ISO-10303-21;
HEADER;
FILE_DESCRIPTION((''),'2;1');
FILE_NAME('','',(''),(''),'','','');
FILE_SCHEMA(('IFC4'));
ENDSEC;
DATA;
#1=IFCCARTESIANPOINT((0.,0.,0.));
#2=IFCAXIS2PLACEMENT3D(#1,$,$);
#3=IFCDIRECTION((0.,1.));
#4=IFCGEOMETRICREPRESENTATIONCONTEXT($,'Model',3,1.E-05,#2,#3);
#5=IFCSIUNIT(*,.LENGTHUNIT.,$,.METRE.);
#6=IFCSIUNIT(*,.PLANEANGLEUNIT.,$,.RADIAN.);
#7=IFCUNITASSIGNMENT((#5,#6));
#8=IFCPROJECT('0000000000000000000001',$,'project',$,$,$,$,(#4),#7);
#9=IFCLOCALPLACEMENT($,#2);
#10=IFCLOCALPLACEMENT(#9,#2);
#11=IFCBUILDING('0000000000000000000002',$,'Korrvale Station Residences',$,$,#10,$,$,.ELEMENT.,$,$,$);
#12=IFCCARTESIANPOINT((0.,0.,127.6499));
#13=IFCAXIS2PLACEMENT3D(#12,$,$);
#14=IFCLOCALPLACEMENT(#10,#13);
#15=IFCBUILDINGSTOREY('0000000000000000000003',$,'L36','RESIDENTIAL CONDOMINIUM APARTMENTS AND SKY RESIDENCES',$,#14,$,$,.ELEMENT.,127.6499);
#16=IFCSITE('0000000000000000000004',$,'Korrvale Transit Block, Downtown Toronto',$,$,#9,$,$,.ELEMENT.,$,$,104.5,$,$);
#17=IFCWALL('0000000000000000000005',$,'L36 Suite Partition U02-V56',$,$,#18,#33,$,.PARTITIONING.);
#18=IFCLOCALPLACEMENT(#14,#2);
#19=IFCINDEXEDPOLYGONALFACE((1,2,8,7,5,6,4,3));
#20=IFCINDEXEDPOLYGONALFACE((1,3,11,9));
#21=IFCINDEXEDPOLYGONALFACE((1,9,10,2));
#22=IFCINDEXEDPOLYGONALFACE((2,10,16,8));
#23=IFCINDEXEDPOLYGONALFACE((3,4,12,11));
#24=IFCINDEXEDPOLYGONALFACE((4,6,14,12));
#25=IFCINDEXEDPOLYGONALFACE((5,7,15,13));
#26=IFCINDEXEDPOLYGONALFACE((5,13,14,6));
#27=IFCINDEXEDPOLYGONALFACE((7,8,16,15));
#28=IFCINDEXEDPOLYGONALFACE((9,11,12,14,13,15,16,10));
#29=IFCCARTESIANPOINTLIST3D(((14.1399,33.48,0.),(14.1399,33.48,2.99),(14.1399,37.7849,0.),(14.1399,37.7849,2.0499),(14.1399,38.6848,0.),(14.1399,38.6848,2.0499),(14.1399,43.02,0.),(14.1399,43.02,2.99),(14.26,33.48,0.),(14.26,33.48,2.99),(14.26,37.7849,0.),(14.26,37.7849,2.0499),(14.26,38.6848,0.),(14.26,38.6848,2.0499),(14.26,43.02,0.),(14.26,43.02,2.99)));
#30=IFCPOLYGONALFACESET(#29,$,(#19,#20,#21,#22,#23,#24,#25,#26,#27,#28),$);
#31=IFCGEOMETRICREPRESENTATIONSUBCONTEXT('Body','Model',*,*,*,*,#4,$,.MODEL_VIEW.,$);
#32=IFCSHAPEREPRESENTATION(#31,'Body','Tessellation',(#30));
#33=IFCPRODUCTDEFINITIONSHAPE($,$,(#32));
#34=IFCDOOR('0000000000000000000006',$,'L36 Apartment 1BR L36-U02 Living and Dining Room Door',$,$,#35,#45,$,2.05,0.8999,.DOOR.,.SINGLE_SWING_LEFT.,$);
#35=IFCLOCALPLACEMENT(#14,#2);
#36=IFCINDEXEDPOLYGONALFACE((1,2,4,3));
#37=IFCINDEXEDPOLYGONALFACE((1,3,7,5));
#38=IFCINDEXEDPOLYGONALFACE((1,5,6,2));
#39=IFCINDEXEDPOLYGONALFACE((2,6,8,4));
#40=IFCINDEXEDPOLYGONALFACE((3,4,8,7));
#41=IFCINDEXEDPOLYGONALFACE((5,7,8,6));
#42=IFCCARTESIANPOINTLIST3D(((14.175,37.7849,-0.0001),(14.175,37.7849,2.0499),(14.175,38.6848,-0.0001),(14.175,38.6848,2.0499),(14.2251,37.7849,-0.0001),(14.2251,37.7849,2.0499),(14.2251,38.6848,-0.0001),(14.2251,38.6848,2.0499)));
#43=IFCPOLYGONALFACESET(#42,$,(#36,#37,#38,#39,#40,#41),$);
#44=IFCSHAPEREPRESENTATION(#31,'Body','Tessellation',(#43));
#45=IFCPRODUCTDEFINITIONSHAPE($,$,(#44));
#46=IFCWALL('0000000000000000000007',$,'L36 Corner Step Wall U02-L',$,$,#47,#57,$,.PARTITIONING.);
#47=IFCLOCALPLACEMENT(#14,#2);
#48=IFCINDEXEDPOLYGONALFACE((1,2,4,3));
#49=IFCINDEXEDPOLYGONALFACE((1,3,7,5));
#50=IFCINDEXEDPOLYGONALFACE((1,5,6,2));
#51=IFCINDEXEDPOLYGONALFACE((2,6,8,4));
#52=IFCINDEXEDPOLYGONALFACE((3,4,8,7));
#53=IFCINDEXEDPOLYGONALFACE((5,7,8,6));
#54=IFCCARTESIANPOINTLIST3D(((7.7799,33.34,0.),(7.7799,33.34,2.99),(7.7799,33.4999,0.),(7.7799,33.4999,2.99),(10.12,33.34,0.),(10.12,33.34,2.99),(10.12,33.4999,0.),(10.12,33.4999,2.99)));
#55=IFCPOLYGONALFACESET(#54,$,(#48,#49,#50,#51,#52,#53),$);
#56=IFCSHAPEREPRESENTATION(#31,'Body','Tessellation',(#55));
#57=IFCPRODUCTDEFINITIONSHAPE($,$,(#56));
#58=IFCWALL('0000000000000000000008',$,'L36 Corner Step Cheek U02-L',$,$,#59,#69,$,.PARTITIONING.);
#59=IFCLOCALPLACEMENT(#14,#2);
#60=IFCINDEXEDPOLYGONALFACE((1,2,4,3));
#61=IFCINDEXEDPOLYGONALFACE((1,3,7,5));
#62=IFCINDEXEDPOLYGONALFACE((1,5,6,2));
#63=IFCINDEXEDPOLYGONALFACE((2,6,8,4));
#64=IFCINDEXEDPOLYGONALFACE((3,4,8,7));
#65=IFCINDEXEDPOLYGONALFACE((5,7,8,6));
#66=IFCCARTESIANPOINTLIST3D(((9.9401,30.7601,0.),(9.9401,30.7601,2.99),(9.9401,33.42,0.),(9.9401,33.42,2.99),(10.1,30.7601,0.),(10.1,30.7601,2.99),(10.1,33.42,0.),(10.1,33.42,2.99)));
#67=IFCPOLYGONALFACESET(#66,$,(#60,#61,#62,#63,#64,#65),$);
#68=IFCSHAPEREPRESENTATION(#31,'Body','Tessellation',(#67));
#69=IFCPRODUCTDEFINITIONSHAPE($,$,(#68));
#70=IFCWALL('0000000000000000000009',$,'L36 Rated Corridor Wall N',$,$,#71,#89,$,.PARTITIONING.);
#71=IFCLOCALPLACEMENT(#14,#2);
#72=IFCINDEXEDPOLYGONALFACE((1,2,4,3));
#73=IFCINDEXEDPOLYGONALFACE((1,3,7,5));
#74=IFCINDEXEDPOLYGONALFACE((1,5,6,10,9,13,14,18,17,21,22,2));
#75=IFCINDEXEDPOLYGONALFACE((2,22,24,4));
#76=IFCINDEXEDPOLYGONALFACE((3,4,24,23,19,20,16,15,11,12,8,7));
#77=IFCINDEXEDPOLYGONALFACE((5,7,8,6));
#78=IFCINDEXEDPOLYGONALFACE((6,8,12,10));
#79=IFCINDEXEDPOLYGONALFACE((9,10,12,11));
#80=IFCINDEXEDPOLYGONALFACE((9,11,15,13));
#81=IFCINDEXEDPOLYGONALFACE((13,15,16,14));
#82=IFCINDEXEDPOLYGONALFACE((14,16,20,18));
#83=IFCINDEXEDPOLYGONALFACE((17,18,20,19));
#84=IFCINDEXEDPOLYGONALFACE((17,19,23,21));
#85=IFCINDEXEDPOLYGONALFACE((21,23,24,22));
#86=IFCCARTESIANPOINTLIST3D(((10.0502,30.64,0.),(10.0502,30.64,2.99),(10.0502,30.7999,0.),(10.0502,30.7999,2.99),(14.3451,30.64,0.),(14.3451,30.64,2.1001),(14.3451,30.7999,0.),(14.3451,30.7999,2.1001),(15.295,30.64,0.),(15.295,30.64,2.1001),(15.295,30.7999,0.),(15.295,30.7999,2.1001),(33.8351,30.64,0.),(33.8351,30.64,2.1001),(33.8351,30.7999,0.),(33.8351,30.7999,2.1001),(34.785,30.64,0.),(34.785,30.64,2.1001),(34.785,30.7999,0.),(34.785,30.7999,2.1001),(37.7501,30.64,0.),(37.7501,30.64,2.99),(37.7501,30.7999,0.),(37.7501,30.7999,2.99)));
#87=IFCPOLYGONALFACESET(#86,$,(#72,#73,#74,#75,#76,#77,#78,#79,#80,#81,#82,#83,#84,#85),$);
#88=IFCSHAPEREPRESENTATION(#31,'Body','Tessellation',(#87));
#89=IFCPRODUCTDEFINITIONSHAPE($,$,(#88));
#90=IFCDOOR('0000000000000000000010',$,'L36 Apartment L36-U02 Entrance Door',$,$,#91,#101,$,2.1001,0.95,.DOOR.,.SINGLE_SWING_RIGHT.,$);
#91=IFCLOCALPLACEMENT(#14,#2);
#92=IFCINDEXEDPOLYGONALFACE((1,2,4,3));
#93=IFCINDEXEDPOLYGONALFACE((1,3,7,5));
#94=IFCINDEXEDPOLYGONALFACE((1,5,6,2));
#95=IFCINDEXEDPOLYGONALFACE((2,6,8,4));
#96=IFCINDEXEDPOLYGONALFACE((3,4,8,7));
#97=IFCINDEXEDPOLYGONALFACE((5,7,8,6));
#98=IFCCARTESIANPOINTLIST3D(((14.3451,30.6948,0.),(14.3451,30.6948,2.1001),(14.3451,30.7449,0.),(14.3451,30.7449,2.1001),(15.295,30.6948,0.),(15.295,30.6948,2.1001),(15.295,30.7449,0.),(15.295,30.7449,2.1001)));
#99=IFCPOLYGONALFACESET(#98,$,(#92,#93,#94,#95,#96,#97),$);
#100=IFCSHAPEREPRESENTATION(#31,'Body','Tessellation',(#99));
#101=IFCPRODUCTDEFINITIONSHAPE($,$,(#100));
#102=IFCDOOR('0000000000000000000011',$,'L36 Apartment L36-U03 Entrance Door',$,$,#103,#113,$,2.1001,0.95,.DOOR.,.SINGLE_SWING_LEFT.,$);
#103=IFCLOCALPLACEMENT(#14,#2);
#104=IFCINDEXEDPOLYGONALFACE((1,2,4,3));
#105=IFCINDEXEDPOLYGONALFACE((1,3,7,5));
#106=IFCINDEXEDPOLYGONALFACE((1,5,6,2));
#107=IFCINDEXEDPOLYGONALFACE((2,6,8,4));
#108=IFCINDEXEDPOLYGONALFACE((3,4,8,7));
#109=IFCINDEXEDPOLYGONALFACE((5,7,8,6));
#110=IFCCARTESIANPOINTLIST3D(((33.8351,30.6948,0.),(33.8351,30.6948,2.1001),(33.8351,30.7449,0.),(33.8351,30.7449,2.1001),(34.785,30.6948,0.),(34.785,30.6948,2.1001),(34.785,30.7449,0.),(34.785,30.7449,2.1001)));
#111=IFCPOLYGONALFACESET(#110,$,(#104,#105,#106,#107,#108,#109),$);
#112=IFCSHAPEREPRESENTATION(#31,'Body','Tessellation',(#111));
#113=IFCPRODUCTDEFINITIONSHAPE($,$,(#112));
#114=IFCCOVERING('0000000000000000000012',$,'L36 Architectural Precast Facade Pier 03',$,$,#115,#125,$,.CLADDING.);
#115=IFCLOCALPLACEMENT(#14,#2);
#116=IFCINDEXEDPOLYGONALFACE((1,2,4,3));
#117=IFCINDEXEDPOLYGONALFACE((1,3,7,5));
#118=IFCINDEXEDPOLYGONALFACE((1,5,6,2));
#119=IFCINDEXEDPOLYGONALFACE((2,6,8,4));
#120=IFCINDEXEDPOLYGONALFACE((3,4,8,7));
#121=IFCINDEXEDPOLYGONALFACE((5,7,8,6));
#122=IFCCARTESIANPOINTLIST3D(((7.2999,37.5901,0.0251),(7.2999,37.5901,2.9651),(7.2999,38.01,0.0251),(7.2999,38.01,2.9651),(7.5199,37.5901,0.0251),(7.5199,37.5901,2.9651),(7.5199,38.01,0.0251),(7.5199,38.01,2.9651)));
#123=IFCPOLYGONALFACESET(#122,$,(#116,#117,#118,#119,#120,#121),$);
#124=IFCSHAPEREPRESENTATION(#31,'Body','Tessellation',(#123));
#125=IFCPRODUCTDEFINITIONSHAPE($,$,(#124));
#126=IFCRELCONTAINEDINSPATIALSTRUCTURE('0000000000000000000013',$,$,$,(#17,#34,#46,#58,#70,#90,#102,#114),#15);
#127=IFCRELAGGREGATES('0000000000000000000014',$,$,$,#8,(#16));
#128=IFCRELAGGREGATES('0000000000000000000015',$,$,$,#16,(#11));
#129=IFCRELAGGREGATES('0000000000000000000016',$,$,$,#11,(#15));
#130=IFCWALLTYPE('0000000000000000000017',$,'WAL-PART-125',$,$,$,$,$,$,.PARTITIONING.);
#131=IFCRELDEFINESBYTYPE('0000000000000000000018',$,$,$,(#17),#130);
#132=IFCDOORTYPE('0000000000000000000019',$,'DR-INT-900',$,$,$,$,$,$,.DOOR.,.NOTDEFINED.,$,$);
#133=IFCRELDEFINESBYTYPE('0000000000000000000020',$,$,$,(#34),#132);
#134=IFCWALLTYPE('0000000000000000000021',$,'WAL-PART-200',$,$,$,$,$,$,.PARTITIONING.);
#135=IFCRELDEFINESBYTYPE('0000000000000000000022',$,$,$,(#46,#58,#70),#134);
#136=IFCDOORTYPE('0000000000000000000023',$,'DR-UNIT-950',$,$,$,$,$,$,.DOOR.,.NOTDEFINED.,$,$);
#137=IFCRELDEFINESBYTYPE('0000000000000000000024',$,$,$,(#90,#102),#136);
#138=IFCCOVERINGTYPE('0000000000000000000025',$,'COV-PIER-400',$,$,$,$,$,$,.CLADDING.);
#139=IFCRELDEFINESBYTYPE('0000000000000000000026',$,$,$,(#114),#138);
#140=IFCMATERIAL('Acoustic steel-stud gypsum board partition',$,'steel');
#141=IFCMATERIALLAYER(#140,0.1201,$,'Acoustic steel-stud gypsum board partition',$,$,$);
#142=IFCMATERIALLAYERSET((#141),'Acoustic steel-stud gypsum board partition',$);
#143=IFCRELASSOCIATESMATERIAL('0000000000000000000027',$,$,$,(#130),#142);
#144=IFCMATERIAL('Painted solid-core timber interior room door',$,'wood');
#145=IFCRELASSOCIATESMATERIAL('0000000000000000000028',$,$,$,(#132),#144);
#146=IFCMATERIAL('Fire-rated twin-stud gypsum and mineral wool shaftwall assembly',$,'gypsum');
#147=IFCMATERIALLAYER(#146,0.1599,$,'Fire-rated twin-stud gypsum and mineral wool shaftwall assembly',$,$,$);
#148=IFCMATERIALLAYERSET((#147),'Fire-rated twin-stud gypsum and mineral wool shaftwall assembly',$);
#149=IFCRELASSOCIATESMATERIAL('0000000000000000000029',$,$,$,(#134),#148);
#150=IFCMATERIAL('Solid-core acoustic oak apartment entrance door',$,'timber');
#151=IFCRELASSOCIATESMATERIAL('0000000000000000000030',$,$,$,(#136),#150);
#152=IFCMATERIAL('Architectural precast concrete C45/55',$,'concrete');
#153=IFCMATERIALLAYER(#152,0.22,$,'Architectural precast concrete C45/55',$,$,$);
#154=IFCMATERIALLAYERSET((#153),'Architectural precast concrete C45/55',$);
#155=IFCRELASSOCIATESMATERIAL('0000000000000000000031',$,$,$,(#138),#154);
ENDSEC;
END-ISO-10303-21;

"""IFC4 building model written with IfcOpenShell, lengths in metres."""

from ifc_helpers import new_model, si_unit, direction, frame, frame_2d, origin, origin_2d, place, context, subcontext, project, spatial, rectangle, extrude, material, layer, layer_set, type_object, element, fill, save


model = new_model("IFC4")

# Units and contexts
model_context = context("Model", 3, precision=1e-05, world=origin(), true_north=direction((0.0, 1.0)))
body_context = subcontext(model_context, "Body", "Model", "MODEL_VIEW")
ifc_project = project(units=[si_unit("LENGTHUNIT", "METRE"), si_unit("PLANEANGLEUNIT", "RADIAN")], contexts=[model_context])

# Site, building, storey
site_placement = place(None, origin())
site = spatial("IfcSite", under=ifc_project, at=site_placement, Name="Korrvale Transit Block, Downtown Toronto", CompositionType="ELEMENT", RefElevation=104.5)
building_placement = place(site_placement, origin())
building = spatial("IfcBuilding", under=site, at=building_placement, Name="Korrvale Station Residences", CompositionType="ELEMENT")
storey_placement = place(building_placement, frame((0.0, 0.0, 127.6499)))
storey = spatial("IfcBuildingStorey", under=building, at=storey_placement, Name="L36", Description="RESIDENTIAL CONDOMINIUM APARTMENTS AND SKY RESIDENCES", CompositionType="ELEMENT", Elevation=127.6499)

# Shared definitions
ifc_material_1 = material(Name="Acoustic steel-stud gypsum board partition", Category="steel")
ifc_layer_1 = layer(ifc_material_1, 0.1201, Name="Acoustic steel-stud gypsum board partition")
ifc_layer_set_1 = layer_set([ifc_layer_1], Name="Acoustic steel-stud gypsum board partition")
wall_type_1 = type_object("IfcWallType", Name="WAL-PART-125", PredefinedType="PARTITIONING", material=ifc_layer_set_1)

# Wall, opening, door
ifc_material_2 = material(Name="Painted solid-core timber interior room door", Category="wood")
door_type_1 = type_object("IfcDoorType", Name="DR-INT-900", OperationType="NOTDEFINED", PredefinedType="DOOR", material=ifc_material_2)
wall_1_placement = place(storey_placement, frame((14.2, 33.48, 0.0), z_axis=(0.0, 0.0, 1.0), x_axis=(0.0, 1.0, 0.0)))
wall_1 = element("IfcWall", 1, at=wall_1_placement, inside=storey, type_object=wall_type_1, Name="L36 Suite Partition U02-V56", PredefinedType="PARTITIONING", context=body_context, shape_type="SweptSolid", body=[
    extrude(rectangle(XDim=9.54, YDim=0.1201, at=frame_2d((4.77, 0.0))), origin(), (0.0, 0.0, 1.0), 2.99),
])
opening_1_placement = place(wall_1_placement, frame((4.3049, 0.0, 0.0)))
opening_1 = element("IfcOpeningElement", 2, at=opening_1_placement, cuts=wall_1, PredefinedType="OPENING", context=body_context, shape_type="SweptSolid", body=[
    extrude(rectangle(XDim=0.8999, YDim=2.05, at=frame_2d((0.45, 1.0249))), frame((0.0, 0.0701, 0.0), z_axis=(0.0, -1.0, 0.0), x_axis=(1.0, 0.0, 0.0)), (0.0, 0.0, 1.0), 0.1401),
])
door_1_placement = place(opening_1_placement, origin())
door_1 = element("IfcDoor", 3, at=door_1_placement, inside=storey, type_object=door_type_1, Name="L36 Apartment 1BR L36-U02 Living and Dining Room Door", OperationType="SINGLE_SWING_LEFT", OverallHeight=2.05, OverallWidth=0.8999, PredefinedType="DOOR", context=body_context, shape_type="SweptSolid", body=[
    extrude(rectangle(XDim=0.8999, YDim=2.05, at=frame_2d((0.45, 1.0249))), frame((0.0, 0.0249, 0.0), z_axis=(0.0, -1.0, 0.0), x_axis=(1.0, 0.0, 0.0)), (0.0, 0.0, 1.0), 0.05),
])
fill(opening_1, door_1)

# Walls
ifc_material_3 = material(Name="Fire-rated twin-stud gypsum and mineral wool shaftwall assembly", Category="gypsum")
ifc_layer_2 = layer(ifc_material_3, 0.1599, Name="Fire-rated twin-stud gypsum and mineral wool shaftwall assembly")
ifc_layer_set_2 = layer_set([ifc_layer_2], Name="Fire-rated twin-stud gypsum and mineral wool shaftwall assembly")
wall_type_2 = type_object("IfcWallType", Name="WAL-PART-200", PredefinedType="PARTITIONING", material=ifc_layer_set_2)
wall_2_placement = place(storey_placement, frame((7.78, 33.4199, 0.0), z_axis=(0.0, 0.0, 1.0), x_axis=(1.0, 0.0, 0.0)))
element("IfcWall", 4, at=wall_2_placement, inside=storey, type_object=wall_type_2, Name="L36 Corner Step Wall U02-L", PredefinedType="PARTITIONING", context=body_context, shape_type="SweptSolid", body=[
    extrude(rectangle(XDim=2.3401, YDim=0.1599, at=frame_2d((1.1699, 0.0))), origin(), (0.0, 0.0, 1.0), 2.99),
])
wall_3_placement = place(storey_placement, frame((10.02, 30.76, 0.0), z_axis=(0.0, 0.0, 1.0), x_axis=(0.0, 1.0, 0.0)))
element("IfcWall", 5, at=wall_3_placement, inside=storey, type_object=wall_type_2, Name="L36 Corner Step Cheek U02-L", PredefinedType="PARTITIONING", context=body_context, shape_type="SweptSolid", body=[
    extrude(rectangle(XDim=2.6599, YDim=0.1599, at=frame_2d((1.3301, 0.0))), origin(), (0.0, 0.0, 1.0), 2.99),
])

# Wall, openings, doors
wall_4_placement = place(storey_placement, frame((10.05, 30.72, 0.0), z_axis=(0.0, 0.0, 1.0), x_axis=(1.0, 0.0, 0.0)))
wall_4 = element("IfcWall", 6, at=wall_4_placement, inside=storey, type_object=wall_type_2, Name="L36 Rated Corridor Wall N", PredefinedType="PARTITIONING", context=body_context, shape_type="SweptSolid", body=[
    extrude(rectangle(XDim=27.7, YDim=0.1599, at=frame_2d((13.8501, 0.0))), origin(), (0.0, 0.0, 1.0), 2.99),
])
opening_2_placement = place(wall_4_placement, frame((4.2949, 0.0, 0.0)))
opening_2 = element("IfcOpeningElement", 7, at=opening_2_placement, cuts=wall_4, PredefinedType="OPENING", context=body_context, shape_type="SweptSolid", body=[
    extrude(rectangle(XDim=0.95, YDim=2.1001, at=frame_2d((0.4751, 1.05))), frame((0.0, 0.0898, 0.0), z_axis=(0.0, -1.0, 0.0), x_axis=(1.0, 0.0, 0.0)), (0.0, 0.0, 1.0), 0.1799),
])
opening_3_placement = place(wall_4_placement, frame((23.7849, 0.0, 0.0)))
opening_3 = element("IfcOpeningElement", 8, at=opening_3_placement, cuts=wall_4, PredefinedType="OPENING", context=body_context, shape_type="SweptSolid", body=[
    extrude(rectangle(XDim=0.95, YDim=2.1001, at=frame_2d((0.4751, 1.05))), frame((0.0, 0.0898, 0.0), z_axis=(0.0, -1.0, 0.0), x_axis=(1.0, 0.0, 0.0)), (0.0, 0.0, 1.0), 0.1799),
])
ifc_material_4 = material(Name="Solid-core acoustic oak apartment entrance door", Category="timber")
door_type_2 = type_object("IfcDoorType", Name="DR-UNIT-950", OperationType="NOTDEFINED", PredefinedType="DOOR", material=ifc_material_4)
door_2_placement = place(opening_2_placement, origin())
door_2 = element("IfcDoor", 9, at=door_2_placement, inside=storey, type_object=door_type_2, Name="L36 Apartment L36-U02 Entrance Door", OperationType="SINGLE_SWING_RIGHT", OverallHeight=2.1001, OverallWidth=0.95, PredefinedType="DOOR", context=body_context, shape_type="SweptSolid", body=[
    extrude(rectangle(XDim=0.95, YDim=2.1001, at=frame_2d((0.4751, 1.05))), frame((0.0, 0.0249, 0.0), z_axis=(0.0, -1.0, 0.0), x_axis=(1.0, 0.0, 0.0)), (0.0, 0.0, 1.0), 0.05),
])
fill(opening_2, door_2)
door_3_placement = place(opening_3_placement, origin())
door_3 = element("IfcDoor", 10, at=door_3_placement, inside=storey, type_object=door_type_2, Name="L36 Apartment L36-U03 Entrance Door", OperationType="SINGLE_SWING_LEFT", OverallHeight=2.1001, OverallWidth=0.95, PredefinedType="DOOR", context=body_context, shape_type="SweptSolid", body=[
    extrude(rectangle(XDim=0.95, YDim=2.1001, at=frame_2d((0.4751, 1.05))), frame((0.0, 0.0249, 0.0), z_axis=(0.0, -1.0, 0.0), x_axis=(1.0, 0.0, 0.0)), (0.0, 0.0, 1.0), 0.05),
])
fill(opening_3, door_3)

# Covering
ifc_material_5 = material(Name="Architectural precast concrete C45/55", Category="concrete")
ifc_layer_3 = layer(ifc_material_5, 0.22, Name="Architectural precast concrete C45/55")
ifc_layer_set_3 = layer_set([ifc_layer_3], Name="Architectural precast concrete C45/55")
covering_type = type_object("IfcCoveringType", Name="COV-PIER-400", PredefinedType="CLADDING", material=ifc_layer_set_3)
covering_placement = place(storey_placement, frame((7.4099, 37.8, 0.0251), z_axis=(0.0, 0.0, 1.0), x_axis=(0.0, 1.0, 0.0)))
element("IfcCovering", 11, at=covering_placement, inside=storey, type_object=covering_type, Name="L36 Architectural Precast Facade Pier 03", PredefinedType="CLADDING", context=body_context, shape_type="SweptSolid", body=[
    extrude(rectangle(XDim=0.4199, YDim=0.22, at=origin_2d()), origin(), (0.0, 0.0, 1.0), 2.9399),
])

save(model, "model.ifc")
